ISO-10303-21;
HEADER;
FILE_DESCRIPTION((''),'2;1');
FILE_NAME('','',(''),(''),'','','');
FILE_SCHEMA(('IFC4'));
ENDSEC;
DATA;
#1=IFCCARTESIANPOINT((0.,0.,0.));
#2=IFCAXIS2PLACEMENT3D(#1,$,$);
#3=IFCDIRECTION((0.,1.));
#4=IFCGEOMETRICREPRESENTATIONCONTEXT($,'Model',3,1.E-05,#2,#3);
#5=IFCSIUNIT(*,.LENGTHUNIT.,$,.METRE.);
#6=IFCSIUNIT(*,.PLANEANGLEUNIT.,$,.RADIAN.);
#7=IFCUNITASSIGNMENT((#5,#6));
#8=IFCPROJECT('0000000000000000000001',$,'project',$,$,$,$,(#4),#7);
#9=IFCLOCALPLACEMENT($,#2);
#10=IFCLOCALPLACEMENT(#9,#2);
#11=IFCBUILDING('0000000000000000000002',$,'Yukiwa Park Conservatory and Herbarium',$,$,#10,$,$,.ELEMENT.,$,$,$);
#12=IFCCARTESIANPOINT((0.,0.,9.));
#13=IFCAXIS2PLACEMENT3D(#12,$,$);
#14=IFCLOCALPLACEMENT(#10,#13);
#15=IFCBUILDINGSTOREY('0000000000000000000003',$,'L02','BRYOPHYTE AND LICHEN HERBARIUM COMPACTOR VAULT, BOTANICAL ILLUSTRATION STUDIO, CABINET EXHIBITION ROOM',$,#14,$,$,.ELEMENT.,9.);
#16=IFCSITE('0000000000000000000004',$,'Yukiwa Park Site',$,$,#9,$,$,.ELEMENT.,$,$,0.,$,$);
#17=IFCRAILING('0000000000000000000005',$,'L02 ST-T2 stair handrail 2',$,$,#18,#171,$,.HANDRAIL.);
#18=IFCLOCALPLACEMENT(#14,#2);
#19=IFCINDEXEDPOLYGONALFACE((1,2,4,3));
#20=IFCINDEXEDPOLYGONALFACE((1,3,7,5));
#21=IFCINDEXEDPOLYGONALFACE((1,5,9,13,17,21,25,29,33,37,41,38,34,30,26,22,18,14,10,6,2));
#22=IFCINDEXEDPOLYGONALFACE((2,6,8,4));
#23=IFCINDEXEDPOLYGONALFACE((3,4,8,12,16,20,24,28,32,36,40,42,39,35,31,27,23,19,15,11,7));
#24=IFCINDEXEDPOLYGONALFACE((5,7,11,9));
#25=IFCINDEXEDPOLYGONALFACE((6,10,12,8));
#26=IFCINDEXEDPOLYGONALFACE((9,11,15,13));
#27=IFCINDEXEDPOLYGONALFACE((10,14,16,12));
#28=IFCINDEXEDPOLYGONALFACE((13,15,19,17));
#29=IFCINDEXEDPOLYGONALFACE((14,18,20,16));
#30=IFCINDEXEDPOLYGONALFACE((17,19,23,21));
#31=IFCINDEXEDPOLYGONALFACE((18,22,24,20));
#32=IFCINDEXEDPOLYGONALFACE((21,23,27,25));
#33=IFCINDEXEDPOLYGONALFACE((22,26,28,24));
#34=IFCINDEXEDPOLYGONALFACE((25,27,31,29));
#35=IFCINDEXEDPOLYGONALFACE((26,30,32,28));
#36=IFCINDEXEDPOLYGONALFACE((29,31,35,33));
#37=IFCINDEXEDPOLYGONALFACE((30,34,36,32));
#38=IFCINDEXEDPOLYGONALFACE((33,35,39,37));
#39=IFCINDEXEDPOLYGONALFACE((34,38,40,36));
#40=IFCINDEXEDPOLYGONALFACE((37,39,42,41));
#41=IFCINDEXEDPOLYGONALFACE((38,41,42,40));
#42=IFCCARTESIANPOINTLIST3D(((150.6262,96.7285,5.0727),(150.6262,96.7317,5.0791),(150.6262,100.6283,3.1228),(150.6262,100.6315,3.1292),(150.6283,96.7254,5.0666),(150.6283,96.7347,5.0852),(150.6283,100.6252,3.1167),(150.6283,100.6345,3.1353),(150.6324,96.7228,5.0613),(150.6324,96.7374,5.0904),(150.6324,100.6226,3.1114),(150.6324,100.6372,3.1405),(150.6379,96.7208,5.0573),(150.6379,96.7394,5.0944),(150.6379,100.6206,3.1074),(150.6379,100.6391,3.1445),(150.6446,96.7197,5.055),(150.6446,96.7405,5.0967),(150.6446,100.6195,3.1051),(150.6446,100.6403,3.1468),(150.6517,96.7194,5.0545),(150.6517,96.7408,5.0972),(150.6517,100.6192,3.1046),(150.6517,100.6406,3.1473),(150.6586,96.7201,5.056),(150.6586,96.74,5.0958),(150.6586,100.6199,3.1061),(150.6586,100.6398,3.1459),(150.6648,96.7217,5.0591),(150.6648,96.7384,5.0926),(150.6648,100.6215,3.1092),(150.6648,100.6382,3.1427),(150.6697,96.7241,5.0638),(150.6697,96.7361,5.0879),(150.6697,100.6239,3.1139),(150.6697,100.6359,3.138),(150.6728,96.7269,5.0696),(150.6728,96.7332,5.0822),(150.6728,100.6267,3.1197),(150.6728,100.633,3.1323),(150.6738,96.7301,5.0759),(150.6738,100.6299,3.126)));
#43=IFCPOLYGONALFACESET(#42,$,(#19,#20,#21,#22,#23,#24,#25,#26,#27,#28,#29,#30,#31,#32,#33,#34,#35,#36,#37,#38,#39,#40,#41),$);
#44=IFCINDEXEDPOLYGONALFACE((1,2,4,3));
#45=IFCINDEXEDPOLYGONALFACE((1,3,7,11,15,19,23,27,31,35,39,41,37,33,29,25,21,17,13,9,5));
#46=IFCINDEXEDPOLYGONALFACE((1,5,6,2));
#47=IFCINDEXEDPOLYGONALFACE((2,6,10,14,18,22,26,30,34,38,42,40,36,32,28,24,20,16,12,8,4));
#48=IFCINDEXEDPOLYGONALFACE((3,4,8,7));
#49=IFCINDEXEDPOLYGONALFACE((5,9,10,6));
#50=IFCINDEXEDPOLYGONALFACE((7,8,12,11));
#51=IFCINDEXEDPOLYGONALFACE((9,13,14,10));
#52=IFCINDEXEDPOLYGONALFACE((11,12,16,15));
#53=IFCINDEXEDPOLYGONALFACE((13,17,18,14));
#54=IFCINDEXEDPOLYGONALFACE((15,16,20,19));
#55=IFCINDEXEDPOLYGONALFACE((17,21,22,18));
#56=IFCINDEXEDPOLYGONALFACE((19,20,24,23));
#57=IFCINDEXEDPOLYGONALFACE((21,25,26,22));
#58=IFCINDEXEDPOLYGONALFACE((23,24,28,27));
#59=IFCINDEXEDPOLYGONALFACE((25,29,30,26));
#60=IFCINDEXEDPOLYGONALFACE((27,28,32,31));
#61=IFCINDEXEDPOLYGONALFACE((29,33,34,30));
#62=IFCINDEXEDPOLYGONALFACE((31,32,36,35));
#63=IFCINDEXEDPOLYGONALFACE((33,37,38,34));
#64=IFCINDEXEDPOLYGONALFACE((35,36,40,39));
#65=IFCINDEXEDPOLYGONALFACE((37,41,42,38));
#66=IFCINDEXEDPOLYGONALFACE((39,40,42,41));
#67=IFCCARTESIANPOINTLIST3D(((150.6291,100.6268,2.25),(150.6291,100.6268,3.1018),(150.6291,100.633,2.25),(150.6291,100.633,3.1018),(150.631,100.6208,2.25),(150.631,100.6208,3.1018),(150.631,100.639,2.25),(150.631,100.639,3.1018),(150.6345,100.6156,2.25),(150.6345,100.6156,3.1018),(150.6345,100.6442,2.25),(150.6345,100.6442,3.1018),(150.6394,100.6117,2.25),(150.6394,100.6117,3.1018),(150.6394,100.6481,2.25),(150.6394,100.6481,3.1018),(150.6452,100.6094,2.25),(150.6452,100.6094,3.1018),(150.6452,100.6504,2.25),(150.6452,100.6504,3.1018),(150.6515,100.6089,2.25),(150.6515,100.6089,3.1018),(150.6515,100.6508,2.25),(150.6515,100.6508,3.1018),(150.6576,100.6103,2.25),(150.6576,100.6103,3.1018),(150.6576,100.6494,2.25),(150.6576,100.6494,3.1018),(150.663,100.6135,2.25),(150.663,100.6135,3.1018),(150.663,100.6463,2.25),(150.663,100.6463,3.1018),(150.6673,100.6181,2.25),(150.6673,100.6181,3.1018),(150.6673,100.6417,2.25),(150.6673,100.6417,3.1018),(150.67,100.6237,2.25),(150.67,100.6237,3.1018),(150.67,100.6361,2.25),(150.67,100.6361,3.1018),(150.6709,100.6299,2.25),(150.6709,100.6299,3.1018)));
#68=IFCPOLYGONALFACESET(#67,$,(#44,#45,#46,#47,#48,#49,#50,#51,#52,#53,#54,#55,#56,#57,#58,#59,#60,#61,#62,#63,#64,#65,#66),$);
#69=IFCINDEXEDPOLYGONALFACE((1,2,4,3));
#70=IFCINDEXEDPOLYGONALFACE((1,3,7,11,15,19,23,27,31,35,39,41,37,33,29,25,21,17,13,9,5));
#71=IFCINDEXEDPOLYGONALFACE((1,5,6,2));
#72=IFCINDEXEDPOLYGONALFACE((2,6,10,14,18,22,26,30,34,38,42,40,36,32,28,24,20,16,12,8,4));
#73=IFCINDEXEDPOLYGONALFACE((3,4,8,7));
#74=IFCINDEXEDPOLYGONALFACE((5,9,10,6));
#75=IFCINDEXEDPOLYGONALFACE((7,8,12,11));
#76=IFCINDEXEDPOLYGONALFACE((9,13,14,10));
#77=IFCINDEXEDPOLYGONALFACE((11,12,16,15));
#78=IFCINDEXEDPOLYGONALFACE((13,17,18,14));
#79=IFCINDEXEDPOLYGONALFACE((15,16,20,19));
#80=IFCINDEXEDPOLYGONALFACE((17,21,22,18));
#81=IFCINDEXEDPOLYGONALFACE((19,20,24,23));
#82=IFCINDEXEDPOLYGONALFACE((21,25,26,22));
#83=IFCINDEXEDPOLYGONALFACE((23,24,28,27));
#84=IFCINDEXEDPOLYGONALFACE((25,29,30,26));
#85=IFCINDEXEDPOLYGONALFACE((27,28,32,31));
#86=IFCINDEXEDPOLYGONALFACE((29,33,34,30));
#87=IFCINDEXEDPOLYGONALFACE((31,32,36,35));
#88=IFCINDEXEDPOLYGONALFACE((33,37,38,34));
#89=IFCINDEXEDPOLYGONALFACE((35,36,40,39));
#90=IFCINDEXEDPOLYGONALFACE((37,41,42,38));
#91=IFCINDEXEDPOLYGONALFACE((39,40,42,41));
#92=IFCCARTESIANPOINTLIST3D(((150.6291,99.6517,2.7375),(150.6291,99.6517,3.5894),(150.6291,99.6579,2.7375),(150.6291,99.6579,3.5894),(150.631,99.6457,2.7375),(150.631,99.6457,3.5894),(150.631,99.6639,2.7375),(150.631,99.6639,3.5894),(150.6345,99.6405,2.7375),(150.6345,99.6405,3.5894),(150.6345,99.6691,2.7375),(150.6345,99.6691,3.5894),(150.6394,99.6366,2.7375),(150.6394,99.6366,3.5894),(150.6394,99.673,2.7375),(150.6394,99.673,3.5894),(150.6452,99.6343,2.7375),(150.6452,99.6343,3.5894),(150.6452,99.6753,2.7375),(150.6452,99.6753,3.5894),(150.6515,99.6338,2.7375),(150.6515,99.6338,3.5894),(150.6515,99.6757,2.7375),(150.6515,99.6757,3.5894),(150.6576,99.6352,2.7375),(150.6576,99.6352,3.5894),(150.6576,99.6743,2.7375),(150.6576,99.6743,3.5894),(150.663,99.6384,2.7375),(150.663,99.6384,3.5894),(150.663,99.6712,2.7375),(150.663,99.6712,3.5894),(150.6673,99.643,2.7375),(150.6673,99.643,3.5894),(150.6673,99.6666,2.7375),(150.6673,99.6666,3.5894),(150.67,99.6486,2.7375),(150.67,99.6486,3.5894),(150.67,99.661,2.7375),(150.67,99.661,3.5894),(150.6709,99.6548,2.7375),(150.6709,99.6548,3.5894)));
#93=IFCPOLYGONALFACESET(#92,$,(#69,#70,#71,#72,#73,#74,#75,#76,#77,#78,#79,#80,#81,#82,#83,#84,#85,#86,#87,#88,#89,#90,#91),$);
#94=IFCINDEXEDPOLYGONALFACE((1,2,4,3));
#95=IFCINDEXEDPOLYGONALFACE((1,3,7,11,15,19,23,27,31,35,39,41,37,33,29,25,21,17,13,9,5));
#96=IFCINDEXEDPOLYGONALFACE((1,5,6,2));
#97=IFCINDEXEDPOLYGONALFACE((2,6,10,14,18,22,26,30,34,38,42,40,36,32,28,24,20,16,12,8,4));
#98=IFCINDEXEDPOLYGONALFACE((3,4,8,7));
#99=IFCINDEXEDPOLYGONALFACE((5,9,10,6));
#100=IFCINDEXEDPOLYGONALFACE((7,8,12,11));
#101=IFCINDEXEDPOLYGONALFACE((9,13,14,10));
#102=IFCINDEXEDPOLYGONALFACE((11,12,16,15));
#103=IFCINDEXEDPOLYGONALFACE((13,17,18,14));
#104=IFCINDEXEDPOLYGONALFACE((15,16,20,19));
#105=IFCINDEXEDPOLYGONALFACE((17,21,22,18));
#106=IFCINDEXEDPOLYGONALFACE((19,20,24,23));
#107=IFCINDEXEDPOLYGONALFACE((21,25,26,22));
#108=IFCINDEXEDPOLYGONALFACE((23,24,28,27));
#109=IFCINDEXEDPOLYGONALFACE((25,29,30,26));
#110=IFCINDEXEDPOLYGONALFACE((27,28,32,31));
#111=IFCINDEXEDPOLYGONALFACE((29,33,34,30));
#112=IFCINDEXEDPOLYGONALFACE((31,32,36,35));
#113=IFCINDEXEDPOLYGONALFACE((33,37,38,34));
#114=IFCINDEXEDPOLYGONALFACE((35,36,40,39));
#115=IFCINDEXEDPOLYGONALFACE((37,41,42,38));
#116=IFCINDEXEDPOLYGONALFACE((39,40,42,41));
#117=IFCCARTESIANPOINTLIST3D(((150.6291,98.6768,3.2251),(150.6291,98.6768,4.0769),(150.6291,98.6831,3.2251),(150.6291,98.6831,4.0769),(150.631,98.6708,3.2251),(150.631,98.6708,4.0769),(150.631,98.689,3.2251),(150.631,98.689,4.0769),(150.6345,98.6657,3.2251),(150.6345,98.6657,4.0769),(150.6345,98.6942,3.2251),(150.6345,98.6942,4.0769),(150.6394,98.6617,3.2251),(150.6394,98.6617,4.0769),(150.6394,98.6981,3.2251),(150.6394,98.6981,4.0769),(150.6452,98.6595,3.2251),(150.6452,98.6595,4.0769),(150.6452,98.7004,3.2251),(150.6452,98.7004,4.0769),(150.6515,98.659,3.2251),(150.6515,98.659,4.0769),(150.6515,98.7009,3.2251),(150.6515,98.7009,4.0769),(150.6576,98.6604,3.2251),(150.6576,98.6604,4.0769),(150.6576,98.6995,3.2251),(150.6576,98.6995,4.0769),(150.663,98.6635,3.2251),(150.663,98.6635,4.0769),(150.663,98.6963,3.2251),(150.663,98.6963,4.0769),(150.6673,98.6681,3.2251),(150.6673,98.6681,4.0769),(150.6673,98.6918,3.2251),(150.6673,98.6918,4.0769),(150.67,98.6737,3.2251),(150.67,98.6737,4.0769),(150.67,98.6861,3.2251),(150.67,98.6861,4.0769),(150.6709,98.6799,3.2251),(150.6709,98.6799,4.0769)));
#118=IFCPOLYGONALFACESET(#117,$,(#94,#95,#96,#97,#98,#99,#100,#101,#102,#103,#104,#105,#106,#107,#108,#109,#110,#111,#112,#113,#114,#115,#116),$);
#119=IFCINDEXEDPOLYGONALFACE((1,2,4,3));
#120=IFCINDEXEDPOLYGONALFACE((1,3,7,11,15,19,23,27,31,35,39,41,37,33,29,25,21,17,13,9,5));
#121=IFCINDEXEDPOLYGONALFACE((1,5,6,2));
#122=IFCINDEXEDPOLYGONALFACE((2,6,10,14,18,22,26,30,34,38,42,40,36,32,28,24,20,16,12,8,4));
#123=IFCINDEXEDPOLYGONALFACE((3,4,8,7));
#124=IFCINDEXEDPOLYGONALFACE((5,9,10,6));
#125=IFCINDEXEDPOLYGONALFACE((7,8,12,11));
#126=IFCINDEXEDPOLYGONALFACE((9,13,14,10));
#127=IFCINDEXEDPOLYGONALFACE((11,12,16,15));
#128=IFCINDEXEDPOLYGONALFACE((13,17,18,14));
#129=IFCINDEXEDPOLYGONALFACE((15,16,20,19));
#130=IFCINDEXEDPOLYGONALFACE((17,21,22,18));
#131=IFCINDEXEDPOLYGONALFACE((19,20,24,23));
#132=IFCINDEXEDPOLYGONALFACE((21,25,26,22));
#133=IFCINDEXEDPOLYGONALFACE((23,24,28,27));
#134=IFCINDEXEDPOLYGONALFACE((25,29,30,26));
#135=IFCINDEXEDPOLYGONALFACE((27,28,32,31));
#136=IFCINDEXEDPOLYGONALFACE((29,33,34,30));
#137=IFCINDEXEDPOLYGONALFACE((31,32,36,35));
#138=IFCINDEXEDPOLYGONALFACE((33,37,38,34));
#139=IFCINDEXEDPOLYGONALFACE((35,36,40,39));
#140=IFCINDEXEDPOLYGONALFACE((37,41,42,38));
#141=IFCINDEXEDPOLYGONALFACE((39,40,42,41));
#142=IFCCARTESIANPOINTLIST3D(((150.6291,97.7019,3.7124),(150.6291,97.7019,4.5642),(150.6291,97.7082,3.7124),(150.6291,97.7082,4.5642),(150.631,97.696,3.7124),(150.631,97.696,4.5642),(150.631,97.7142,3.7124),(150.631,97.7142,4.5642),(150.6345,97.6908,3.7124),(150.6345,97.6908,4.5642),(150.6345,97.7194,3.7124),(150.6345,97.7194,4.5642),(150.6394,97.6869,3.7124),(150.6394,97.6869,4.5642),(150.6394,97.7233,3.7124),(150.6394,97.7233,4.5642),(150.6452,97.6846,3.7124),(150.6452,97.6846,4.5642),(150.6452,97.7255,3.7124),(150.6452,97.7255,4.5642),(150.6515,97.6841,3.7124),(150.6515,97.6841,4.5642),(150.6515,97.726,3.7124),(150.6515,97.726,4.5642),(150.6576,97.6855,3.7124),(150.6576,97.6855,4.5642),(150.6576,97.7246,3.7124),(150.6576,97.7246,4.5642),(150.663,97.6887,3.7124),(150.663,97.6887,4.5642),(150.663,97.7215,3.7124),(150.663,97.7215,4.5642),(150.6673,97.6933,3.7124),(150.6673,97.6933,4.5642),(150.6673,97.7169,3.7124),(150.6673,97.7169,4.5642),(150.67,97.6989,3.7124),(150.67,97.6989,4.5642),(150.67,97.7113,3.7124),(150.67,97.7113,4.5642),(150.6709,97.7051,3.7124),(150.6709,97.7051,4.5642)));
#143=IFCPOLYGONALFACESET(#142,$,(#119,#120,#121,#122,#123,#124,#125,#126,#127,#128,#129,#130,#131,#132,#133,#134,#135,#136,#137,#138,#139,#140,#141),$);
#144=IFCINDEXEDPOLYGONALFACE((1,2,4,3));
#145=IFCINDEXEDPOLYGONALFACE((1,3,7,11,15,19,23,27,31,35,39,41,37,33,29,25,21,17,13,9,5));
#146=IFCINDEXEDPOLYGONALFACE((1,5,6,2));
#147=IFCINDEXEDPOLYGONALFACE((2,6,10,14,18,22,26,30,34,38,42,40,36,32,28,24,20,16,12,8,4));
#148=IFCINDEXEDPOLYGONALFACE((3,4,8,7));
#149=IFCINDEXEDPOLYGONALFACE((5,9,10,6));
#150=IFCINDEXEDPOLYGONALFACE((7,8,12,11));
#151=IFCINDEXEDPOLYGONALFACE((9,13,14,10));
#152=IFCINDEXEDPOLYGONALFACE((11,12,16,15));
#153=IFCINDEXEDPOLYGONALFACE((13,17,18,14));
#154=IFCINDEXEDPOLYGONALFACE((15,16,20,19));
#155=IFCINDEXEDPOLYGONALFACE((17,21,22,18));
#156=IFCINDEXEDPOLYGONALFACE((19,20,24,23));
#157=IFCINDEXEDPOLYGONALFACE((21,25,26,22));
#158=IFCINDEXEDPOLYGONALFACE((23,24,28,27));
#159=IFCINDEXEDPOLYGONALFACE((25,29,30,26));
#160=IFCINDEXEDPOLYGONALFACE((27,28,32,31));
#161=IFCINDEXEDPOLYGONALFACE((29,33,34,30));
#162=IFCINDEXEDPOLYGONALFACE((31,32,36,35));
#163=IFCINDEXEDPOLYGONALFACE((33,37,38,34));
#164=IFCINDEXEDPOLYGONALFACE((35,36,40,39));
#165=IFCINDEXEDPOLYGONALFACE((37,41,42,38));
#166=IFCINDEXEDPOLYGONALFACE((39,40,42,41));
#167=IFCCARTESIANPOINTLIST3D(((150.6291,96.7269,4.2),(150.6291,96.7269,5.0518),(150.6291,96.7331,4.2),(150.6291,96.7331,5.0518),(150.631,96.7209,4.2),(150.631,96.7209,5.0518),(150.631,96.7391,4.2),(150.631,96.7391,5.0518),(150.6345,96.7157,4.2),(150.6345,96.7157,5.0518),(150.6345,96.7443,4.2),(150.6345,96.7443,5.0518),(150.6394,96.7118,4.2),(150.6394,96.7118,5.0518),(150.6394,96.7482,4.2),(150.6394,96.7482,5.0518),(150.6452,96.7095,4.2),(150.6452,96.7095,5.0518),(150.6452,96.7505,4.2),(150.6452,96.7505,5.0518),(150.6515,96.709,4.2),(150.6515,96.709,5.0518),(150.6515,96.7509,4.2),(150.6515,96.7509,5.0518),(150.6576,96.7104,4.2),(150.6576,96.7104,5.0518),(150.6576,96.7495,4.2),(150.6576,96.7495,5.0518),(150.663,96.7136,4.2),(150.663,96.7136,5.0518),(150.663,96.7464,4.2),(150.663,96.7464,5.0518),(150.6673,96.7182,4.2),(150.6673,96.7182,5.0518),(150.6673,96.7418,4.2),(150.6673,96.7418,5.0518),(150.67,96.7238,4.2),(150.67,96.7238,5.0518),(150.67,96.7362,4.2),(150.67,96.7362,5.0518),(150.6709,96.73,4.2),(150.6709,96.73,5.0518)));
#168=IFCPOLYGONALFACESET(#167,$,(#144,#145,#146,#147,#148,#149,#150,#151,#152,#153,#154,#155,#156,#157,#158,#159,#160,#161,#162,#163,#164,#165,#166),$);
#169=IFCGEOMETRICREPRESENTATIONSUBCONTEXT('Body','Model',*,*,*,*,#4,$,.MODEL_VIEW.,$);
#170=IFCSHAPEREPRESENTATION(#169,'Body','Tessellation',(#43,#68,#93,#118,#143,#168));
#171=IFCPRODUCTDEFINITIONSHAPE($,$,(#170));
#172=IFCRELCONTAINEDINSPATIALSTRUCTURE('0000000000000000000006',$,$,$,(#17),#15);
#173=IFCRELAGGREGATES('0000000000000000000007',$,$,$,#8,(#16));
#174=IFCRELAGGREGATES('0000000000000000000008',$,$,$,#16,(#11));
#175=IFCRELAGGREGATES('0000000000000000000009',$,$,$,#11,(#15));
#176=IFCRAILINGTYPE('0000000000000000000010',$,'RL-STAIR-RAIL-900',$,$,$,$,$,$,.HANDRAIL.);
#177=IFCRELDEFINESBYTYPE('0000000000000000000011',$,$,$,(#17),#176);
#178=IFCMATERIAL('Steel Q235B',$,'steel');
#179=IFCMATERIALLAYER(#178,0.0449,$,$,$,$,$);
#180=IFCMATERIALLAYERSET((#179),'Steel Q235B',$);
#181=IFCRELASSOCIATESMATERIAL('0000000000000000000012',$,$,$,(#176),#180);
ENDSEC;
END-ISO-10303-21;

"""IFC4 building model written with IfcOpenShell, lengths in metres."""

from ifc_helpers import new_model, si_unit, direction, frame, origin, origin_2d, place, context, subcontext, project, spatial, circle, extrude, material, layer, layer_set, type_object, element, save


model = new_model("IFC4")

# Units and contexts
model_context = context("Model", 3, precision=1e-05, world=origin(), true_north=direction((0.0, 1.0)))
body_context = subcontext(model_context, "Body", "Model", "MODEL_VIEW")
ifc_project = project(units=[si_unit("LENGTHUNIT", "METRE"), si_unit("PLANEANGLEUNIT", "RADIAN")], contexts=[model_context])

# Site, building, storey
site_placement = place(None, origin())
site = spatial("IfcSite", under=ifc_project, at=site_placement, Name="Yukiwa Park Site", CompositionType="ELEMENT", RefElevation=0.0)
building_placement = place(site_placement, origin())
building = spatial("IfcBuilding", under=site, at=building_placement, Name="Yukiwa Park Conservatory and Herbarium", CompositionType="ELEMENT")
storey_placement = place(building_placement, frame((0.0, 0.0, 9.0)))
storey = spatial("IfcBuildingStorey", under=building, at=storey_placement, Name="L02", Description="BRYOPHYTE AND LICHEN HERBARIUM COMPACTOR VAULT, BOTANICAL ILLUSTRATION STUDIO, CABINET EXHIBITION ROOM", CompositionType="ELEMENT", Elevation=9.0)

# Railing
ifc_material_1 = material(Name="Steel Q235B", Category="steel")
ifc_layer_1 = layer(ifc_material_1, 0.0449)
ifc_layer_set_1 = layer_set([ifc_layer_1], Name="Steel Q235B")
railing_type_1 = type_object("IfcRailingType", Name="RL-STAIR-RAIL-900", PredefinedType="HANDRAIL", material=ifc_layer_set_1)
railing_1_placement = place(storey_placement, frame((150.6499, 100.6299, 2.25)))
element("IfcRailing", 1, at=railing_1_placement, inside=storey, type_object=railing_type_1, Name="L02 ST-T2 stair handrail 2", PredefinedType="HANDRAIL", context=body_context, shape_type="SweptSolid", body=[
    extrude(circle(Radius=0.0239, at=origin_2d()), frame((0.0, 0.0, 0.876), z_axis=(0.0, -0.894427, 0.447214), x_axis=(1.0, 0.0, 0.0)), (0.0, 0.0, 1.0), 4.3601),
    extrude(circle(Radius=0.021, at=origin_2d()), origin(), (0.0, 0.0, 1.0), 0.8518),
    extrude(circle(Radius=0.021, at=origin_2d()), frame((0.0, -0.9751, 0.4875)), (0.0, 0.0, 1.0), 0.8518),
    extrude(circle(Radius=0.021, at=origin_2d()), frame((0.0, -1.95, 0.9751)), (0.0, 0.0, 1.0), 0.8518),
    extrude(circle(Radius=0.021, at=origin_2d()), frame((0.0, -2.9248, 1.4624)), (0.0, 0.0, 1.0), 0.8518),
    extrude(circle(Radius=0.021, at=origin_2d()), frame((0.0, -3.8999, 1.95)), (0.0, 0.0, 1.0), 0.8518),
])

save(model, "model.ifc")
